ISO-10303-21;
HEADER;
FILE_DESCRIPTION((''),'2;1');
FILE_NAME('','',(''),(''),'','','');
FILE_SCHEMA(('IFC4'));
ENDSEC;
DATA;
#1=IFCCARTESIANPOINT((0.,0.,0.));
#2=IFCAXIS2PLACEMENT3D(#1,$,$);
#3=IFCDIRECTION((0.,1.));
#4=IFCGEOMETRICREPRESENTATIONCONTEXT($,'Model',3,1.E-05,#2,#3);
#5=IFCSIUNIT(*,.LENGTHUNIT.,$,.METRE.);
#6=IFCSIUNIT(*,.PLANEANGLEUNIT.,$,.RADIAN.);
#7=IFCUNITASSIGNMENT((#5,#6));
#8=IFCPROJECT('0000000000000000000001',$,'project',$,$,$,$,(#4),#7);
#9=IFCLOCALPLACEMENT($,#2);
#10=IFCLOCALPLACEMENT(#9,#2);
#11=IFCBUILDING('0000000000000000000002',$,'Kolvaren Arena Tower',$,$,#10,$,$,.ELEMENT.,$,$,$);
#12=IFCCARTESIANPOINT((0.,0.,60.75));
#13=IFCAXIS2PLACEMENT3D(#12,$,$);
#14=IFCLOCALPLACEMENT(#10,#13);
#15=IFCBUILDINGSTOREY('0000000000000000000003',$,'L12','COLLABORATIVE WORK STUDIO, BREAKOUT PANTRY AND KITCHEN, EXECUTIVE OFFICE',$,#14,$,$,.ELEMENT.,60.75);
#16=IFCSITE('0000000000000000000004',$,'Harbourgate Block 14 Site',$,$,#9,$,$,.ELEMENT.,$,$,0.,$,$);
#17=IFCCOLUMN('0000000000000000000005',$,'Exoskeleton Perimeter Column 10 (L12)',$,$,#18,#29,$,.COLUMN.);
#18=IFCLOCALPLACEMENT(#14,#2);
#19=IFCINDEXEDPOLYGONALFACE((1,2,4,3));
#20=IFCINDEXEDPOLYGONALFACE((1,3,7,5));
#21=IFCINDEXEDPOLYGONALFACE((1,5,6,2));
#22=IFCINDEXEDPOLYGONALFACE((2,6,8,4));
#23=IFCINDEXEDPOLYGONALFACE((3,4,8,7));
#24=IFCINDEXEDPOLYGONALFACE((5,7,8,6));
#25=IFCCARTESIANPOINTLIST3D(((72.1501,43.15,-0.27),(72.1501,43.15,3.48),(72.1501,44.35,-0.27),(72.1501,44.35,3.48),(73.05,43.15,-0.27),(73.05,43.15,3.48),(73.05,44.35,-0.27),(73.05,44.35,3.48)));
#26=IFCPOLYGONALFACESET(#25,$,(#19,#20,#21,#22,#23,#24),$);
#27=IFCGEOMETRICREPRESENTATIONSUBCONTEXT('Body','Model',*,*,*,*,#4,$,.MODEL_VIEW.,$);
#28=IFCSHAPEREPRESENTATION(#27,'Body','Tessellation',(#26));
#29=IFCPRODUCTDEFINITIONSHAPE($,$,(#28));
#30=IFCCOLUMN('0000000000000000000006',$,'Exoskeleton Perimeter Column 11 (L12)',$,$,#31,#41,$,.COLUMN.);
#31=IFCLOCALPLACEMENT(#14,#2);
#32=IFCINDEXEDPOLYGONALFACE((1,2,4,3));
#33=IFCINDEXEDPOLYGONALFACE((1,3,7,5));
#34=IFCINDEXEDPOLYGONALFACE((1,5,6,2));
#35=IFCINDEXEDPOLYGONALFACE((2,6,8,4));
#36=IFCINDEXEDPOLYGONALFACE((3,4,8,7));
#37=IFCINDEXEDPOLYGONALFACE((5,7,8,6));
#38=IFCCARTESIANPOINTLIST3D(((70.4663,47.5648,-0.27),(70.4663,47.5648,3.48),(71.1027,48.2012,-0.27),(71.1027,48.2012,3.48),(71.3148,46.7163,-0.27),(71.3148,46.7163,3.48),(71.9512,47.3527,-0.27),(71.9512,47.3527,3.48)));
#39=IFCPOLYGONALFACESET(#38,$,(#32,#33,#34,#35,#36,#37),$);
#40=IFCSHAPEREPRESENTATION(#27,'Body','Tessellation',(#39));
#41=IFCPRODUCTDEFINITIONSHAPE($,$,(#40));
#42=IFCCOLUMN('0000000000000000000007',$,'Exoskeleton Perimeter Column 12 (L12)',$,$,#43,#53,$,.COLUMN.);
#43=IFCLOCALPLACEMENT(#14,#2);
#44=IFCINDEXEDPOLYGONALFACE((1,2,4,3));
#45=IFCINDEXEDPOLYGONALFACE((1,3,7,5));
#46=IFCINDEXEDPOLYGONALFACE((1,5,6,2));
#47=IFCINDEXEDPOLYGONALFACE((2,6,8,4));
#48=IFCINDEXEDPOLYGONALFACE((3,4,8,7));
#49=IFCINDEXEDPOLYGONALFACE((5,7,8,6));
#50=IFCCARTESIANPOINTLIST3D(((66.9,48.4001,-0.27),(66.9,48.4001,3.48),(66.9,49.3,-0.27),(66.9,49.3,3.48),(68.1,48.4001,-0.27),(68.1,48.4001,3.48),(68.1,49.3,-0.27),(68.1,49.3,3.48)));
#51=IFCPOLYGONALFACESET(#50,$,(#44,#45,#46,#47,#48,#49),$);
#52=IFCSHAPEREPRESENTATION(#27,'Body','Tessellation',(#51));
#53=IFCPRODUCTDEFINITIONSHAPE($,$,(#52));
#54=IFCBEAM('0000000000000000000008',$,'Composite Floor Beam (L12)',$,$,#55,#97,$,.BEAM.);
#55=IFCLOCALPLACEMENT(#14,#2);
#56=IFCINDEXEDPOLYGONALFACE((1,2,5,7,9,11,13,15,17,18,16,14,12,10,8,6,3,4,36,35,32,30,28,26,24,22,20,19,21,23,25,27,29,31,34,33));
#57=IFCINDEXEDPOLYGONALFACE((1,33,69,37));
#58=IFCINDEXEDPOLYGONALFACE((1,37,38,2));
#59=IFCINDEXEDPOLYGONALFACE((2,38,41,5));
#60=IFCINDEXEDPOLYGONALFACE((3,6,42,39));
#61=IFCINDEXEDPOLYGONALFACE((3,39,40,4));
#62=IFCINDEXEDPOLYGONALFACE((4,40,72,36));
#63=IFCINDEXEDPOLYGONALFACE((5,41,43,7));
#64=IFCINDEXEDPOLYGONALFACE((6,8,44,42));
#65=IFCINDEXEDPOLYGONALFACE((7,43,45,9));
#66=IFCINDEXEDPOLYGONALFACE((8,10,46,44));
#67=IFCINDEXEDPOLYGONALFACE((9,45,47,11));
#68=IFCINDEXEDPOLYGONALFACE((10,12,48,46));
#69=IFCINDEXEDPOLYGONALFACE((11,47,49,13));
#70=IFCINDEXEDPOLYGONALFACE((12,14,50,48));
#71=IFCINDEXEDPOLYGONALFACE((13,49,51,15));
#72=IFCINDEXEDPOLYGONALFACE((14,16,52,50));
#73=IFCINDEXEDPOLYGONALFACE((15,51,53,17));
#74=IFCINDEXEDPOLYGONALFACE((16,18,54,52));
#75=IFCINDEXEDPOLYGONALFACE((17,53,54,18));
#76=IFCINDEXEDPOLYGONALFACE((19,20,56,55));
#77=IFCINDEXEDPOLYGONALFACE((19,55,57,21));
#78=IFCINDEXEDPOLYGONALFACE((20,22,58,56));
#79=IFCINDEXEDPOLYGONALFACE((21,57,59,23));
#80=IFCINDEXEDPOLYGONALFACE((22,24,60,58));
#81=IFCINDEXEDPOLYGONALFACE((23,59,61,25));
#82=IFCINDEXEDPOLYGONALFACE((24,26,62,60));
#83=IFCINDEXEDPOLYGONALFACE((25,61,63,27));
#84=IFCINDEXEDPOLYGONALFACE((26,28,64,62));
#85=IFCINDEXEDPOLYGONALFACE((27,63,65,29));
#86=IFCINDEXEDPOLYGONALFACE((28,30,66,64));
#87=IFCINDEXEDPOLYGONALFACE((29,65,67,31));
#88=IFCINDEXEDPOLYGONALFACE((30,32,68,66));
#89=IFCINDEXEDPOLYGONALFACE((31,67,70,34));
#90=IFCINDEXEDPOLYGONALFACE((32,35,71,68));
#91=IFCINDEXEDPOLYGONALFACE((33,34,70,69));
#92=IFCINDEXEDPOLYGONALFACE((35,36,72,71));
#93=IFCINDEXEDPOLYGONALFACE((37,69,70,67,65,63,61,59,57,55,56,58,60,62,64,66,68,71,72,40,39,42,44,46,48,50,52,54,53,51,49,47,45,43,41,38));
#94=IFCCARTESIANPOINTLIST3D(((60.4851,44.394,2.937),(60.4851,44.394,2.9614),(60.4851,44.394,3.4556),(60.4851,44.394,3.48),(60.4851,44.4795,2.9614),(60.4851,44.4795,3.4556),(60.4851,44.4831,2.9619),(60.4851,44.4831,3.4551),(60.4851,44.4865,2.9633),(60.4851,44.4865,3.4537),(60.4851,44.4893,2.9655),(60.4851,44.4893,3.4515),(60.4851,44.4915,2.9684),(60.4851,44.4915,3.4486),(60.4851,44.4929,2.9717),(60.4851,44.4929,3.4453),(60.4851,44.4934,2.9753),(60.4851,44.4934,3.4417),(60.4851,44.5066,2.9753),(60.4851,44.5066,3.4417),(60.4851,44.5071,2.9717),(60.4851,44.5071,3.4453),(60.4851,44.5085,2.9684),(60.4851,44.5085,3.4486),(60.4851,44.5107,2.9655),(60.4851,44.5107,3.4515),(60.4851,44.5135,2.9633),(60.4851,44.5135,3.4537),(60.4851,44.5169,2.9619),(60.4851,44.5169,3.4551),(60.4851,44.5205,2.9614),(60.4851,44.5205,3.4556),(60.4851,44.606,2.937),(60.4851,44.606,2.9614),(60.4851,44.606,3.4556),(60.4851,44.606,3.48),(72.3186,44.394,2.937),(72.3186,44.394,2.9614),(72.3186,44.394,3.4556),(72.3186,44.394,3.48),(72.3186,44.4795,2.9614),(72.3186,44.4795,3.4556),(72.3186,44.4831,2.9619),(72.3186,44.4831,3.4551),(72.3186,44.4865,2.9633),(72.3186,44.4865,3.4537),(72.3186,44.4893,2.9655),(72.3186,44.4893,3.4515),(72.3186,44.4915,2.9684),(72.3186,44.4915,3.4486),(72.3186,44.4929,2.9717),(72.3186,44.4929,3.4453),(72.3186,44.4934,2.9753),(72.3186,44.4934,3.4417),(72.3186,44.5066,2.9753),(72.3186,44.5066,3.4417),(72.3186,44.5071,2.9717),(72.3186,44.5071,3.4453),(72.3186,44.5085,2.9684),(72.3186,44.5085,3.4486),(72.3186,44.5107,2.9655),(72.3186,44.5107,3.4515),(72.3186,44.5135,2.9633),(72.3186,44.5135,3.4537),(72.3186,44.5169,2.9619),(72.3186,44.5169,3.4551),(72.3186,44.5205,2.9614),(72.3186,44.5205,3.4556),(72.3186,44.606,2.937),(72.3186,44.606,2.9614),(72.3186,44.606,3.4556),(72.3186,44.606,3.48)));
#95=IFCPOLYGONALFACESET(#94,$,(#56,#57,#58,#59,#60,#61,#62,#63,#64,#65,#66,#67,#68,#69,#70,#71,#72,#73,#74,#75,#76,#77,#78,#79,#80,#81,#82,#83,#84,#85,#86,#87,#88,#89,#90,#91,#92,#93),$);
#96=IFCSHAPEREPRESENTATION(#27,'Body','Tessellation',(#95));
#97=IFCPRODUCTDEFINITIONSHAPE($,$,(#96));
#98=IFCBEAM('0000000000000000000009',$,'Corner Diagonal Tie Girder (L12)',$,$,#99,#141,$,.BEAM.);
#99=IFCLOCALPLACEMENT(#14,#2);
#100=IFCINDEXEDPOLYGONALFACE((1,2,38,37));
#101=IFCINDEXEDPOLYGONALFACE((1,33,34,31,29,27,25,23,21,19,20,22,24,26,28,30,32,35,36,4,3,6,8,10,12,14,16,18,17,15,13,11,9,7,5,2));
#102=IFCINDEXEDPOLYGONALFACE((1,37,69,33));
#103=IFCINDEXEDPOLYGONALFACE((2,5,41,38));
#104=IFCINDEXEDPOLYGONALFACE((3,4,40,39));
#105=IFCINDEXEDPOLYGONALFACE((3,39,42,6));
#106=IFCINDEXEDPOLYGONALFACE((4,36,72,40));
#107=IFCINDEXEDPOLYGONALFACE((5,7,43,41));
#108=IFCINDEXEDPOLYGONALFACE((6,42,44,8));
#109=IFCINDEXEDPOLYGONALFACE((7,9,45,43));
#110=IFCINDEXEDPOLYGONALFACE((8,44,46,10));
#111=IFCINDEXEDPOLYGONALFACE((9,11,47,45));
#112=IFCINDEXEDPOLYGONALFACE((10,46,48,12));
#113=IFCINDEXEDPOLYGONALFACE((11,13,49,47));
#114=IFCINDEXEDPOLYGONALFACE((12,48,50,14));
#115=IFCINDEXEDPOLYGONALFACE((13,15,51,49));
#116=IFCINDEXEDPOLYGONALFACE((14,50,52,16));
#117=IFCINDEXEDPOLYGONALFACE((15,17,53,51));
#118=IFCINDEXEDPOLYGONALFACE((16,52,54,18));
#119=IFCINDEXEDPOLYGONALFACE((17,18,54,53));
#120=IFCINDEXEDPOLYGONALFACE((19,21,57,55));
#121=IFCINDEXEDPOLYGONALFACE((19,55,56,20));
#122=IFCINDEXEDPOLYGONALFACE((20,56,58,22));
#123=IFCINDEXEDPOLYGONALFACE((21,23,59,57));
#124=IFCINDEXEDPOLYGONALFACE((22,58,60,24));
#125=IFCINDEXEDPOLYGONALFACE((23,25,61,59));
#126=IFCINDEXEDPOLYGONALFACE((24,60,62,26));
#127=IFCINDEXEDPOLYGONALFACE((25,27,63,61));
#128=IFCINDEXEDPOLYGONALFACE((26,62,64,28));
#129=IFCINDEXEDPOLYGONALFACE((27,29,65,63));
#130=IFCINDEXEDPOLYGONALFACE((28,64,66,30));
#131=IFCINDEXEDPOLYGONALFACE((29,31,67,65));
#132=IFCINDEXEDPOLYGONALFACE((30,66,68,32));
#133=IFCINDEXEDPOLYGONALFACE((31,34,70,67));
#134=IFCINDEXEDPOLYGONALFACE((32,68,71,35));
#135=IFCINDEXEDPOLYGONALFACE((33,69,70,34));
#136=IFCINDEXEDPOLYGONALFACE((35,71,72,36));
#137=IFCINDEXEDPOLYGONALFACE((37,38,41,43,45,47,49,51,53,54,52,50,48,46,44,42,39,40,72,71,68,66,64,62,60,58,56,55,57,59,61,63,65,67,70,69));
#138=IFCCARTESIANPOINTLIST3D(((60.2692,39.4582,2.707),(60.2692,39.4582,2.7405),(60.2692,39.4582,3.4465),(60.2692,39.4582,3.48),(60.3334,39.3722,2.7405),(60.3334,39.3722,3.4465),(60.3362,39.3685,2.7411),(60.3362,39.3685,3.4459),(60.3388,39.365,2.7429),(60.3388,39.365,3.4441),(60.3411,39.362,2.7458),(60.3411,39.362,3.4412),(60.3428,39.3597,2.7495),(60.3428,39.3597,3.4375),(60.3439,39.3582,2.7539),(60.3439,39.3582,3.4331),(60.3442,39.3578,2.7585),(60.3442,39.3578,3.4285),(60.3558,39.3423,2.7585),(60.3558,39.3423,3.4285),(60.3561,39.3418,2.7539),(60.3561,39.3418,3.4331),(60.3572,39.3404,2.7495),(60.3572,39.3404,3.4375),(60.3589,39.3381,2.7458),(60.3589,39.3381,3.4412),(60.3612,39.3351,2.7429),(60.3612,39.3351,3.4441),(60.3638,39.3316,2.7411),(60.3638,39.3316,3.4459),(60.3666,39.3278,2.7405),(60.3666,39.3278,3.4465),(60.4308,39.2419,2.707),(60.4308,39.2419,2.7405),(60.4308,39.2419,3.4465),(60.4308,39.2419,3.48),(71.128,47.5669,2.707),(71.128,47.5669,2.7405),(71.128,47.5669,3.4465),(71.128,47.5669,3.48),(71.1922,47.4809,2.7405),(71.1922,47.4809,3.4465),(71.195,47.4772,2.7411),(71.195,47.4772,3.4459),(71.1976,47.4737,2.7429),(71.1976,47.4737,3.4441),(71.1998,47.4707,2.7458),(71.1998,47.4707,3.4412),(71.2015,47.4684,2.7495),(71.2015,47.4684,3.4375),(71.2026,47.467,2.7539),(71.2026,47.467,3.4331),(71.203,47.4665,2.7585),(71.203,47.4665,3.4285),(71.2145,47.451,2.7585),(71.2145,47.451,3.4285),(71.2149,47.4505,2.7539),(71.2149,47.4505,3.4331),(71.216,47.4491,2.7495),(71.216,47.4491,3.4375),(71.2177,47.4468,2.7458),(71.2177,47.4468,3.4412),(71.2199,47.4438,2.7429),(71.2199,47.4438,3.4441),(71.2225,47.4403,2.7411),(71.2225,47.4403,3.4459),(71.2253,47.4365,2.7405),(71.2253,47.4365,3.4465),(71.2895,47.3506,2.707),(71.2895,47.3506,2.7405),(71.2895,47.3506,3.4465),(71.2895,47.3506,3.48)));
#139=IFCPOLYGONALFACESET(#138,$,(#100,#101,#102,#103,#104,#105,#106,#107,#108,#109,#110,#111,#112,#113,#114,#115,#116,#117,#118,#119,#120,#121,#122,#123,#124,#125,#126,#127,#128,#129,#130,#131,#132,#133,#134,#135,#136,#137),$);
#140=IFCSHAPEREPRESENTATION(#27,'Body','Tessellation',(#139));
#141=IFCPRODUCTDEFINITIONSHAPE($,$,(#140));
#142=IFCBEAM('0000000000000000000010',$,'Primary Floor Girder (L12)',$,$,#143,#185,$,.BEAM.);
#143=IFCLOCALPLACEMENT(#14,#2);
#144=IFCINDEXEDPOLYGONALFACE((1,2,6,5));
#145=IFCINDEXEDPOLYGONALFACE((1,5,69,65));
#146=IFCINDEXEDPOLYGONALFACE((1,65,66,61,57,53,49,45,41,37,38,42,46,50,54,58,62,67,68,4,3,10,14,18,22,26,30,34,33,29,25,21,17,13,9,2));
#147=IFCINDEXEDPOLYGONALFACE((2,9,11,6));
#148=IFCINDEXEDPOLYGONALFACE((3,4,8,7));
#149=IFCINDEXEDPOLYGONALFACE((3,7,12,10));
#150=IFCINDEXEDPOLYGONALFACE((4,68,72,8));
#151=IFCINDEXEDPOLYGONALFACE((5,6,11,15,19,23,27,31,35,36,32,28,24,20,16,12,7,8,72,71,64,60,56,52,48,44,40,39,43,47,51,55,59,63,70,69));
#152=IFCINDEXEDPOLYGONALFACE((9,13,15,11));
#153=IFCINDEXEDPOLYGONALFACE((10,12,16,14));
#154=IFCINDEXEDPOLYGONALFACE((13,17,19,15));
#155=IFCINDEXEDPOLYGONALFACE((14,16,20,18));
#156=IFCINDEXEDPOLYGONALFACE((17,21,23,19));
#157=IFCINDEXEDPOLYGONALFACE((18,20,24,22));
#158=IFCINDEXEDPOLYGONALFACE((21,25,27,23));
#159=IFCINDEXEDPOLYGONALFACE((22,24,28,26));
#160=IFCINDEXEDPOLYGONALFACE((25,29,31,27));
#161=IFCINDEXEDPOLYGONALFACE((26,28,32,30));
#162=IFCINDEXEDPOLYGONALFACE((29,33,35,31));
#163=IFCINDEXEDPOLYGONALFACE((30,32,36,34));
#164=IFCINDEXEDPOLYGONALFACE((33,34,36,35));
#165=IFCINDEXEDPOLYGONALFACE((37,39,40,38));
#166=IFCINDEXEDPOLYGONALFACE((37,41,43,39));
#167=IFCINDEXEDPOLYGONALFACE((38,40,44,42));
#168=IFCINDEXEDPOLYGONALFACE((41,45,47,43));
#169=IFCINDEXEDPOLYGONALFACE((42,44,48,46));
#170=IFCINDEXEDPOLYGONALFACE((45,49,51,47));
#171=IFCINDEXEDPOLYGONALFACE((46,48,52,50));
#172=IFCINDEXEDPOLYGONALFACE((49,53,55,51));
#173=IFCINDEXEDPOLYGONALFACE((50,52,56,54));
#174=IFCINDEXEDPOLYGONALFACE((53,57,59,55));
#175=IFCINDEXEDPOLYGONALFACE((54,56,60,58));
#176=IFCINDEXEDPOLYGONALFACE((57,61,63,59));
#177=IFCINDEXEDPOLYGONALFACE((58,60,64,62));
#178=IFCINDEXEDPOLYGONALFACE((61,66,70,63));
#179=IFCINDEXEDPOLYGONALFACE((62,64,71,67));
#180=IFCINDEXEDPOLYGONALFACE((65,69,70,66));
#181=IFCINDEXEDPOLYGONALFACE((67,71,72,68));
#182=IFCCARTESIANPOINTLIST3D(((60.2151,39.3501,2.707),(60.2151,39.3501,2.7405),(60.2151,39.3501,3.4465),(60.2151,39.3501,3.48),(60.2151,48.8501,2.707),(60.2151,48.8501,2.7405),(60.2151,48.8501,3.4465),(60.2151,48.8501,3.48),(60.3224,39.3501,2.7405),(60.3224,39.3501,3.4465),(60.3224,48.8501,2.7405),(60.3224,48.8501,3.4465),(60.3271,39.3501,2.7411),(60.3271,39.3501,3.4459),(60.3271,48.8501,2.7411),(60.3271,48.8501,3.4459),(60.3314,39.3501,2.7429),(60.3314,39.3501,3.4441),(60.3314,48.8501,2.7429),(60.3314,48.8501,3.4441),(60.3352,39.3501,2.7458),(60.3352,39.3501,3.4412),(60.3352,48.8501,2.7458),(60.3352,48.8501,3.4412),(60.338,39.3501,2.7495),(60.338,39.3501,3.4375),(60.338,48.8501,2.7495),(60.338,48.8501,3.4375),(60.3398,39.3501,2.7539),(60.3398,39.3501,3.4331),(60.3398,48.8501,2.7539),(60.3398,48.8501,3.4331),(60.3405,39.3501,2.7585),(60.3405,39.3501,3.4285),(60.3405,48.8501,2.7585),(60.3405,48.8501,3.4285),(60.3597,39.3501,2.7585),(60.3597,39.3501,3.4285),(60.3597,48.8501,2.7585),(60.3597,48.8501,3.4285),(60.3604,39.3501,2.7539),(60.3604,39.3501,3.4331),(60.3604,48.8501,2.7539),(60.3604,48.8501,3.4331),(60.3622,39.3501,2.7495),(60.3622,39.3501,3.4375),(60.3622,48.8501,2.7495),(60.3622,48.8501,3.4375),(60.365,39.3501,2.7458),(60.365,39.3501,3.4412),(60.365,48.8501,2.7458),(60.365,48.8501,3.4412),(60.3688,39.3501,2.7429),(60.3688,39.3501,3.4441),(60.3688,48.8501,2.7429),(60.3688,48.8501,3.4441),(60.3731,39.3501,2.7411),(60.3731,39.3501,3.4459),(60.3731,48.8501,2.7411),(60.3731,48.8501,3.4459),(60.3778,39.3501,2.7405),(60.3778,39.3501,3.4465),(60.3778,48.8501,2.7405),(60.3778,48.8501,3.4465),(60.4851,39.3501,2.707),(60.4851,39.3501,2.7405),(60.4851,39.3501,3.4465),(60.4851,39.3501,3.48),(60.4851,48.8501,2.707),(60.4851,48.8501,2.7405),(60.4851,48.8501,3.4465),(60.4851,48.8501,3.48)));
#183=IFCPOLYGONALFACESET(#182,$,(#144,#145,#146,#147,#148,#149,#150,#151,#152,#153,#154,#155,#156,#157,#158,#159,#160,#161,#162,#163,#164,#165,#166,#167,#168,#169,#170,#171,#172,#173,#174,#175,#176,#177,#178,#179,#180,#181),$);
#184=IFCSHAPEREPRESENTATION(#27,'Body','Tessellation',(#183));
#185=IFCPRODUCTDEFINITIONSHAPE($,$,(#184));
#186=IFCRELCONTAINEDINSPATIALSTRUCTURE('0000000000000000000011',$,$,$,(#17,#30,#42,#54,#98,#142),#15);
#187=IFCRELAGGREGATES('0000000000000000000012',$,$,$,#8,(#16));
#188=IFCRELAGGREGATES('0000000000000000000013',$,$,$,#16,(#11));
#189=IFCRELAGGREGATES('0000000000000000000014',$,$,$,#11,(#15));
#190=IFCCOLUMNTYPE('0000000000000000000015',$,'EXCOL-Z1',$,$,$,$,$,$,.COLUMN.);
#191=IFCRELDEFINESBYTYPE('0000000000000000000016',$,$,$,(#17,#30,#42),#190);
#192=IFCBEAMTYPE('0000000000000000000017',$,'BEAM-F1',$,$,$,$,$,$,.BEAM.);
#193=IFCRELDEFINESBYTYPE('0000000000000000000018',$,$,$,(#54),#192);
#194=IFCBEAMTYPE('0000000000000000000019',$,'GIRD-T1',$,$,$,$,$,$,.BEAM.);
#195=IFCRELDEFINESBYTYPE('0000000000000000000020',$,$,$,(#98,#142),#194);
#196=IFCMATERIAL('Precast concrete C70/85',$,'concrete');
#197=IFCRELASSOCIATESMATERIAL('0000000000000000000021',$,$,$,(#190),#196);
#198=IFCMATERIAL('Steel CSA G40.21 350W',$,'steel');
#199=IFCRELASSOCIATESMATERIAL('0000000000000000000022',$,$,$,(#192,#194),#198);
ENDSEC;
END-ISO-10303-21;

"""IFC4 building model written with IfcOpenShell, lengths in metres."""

from ifc_helpers import new_model, si_unit, direction, frame, origin, origin_2d, place, context, subcontext, project, spatial, rectangle, i_section, extrude, material, material_profile, profile_set, type_object, element, save


model = new_model("IFC4")

# Units and contexts
model_context = context("Model", 3, precision=1e-05, world=origin(), true_north=direction((0.0, 1.0)))
body_context = subcontext(model_context, "Body", "Model", "MODEL_VIEW")
ifc_project = project(units=[si_unit("LENGTHUNIT", "METRE"), si_unit("PLANEANGLEUNIT", "RADIAN")], contexts=[model_context])

# Site, building, storey
site_placement = place(None, origin())
site = spatial("IfcSite", under=ifc_project, at=site_placement, Name="Harbourgate Block 14 Site", CompositionType="ELEMENT", RefElevation=0.0)
building_placement = place(site_placement, origin())
building = spatial("IfcBuilding", under=site, at=building_placement, Name="Kolvaren Arena Tower", CompositionType="ELEMENT")
storey_placement = place(building_placement, frame((0.0, 0.0, 60.75)))
storey = spatial("IfcBuildingStorey", under=building, at=storey_placement, Name="L12", Description="COLLABORATIVE WORK STUDIO, BREAKOUT PANTRY AND KITCHEN, EXECUTIVE OFFICE", CompositionType="ELEMENT", Elevation=60.75)

# Columns
ifc_material_1 = material(Name="Precast concrete C70/85", Category="concrete")
ifc_material_profile_1 = material_profile(ifc_material_1, rectangle(XDim=1.2, YDim=0.8999, at=origin_2d()), Name="RC-1200x900")
ifc_profile_set_1 = profile_set([ifc_material_profile_1], Name="Precast concrete C70/85")
column_type = type_object("IfcColumnType", Name="EXCOL-Z1", PredefinedType="COLUMN", material=ifc_profile_set_1)
for number, where, z_axis, x_axis, name in (
    (1, (72.6001, 43.75, -0.27), (0.0, 0.0, 1.0), (0.0, 1.0, 0.0), "Exoskeleton Perimeter Column 10 (L12)"),
    (2, (71.2087, 47.4587, -0.27), (0.0, 0.0, 1.0), (-0.707107, 0.707107, 0.0), "Exoskeleton Perimeter Column 11 (L12)"),
    (3, (67.5, 48.8501, -0.27), (0.0, 0.0, 1.0), (1.0, 0.0, 0.0), "Exoskeleton Perimeter Column 12 (L12)"),
):
    element("IfcColumn", number, at=place(storey_placement, frame(where, z_axis=z_axis, x_axis=x_axis)), inside=storey, type_object=column_type, Name=name, PredefinedType="COLUMN", context=body_context, shape_type="SweptSolid", body=[
        extrude(rectangle(XDim=1.2, YDim=0.8999, at=origin_2d()), origin(), (0.0, 0.0, 1.0), 3.75),
    ])

# Beams
ifc_material_2 = material(Name="Steel CSA G40.21 350W", Category="steel")
ifc_material_profile_2 = material_profile(ifc_material_2, i_section(OverallWidth=0.2119, OverallDepth=0.543, WebThickness=0.0132, FlangeThickness=0.0244, FilletRadius=0.0139, at=origin_2d()), Name="W530x150")
ifc_profile_set_2 = profile_set([ifc_material_profile_2], Name="Steel CSA G40.21 350W")
beam_type_1 = type_object("IfcBeamType", Name="BEAM-F1", PredefinedType="BEAM", material=ifc_profile_set_2)
beam_1_placement = place(storey_placement, frame((60.4851, 44.5, 3.2085), z_axis=(1.0, 0.0, 0.0), x_axis=(0.0, 1.0, 0.0)))
element("IfcBeam", 4, at=beam_1_placement, inside=storey, type_object=beam_type_1, Name="Composite Floor Beam (L12)", PredefinedType="BEAM", context=body_context, shape_type="SweptSolid", body=[
    extrude(i_section(OverallWidth=0.2119, OverallDepth=0.543, WebThickness=0.0132, FlangeThickness=0.0244, FilletRadius=0.0139, at=origin_2d()), origin(), (0.0, 0.0, 1.0), 11.8335),
])
ifc_material_profile_3 = material_profile(ifc_material_2, i_section(OverallWidth=0.27, OverallDepth=0.7729, WebThickness=0.0193, FlangeThickness=0.0334, FilletRadius=0.0181, at=origin_2d()), Name="W760x257")
ifc_profile_set_3 = profile_set([ifc_material_profile_3], Name="Steel CSA G40.21 350W")
beam_type_2 = type_object("IfcBeamType", Name="GIRD-T1", PredefinedType="BEAM", material=ifc_profile_set_3)
beam_2_placement = place(storey_placement, frame((71.2087, 47.4587, 3.0935), z_axis=(-0.80125, -0.59833, 0.0), x_axis=(0.59833, -0.80125, 0.0)))
element("IfcBeam", 5, at=beam_2_placement, inside=storey, type_object=beam_type_2, Name="Corner Diagonal Tie Girder (L12)", PredefinedType="BEAM", context=body_context, shape_type="SweptSolid", body=[
    extrude(i_section(OverallWidth=0.27, OverallDepth=0.7729, WebThickness=0.0193, FlangeThickness=0.0334, FilletRadius=0.0181, at=origin_2d()), origin(), (0.0, 0.0, 1.0), 13.5522),
])
beam_3_placement = place(storey_placement, frame((60.3501, 39.3501, 3.0935), z_axis=(0.0, 1.0, 0.0), x_axis=(-1.0, 0.0, 0.0)))
element("IfcBeam", 6, at=beam_3_placement, inside=storey, type_object=beam_type_2, Name="Primary Floor Girder (L12)", PredefinedType="BEAM", context=body_context, shape_type="SweptSolid", body=[
    extrude(i_section(OverallWidth=0.27, OverallDepth=0.7729, WebThickness=0.0193, FlangeThickness=0.0334, FilletRadius=0.0181, at=origin_2d()), origin(), (0.0, 0.0, 1.0), 9.5),
])

save(model, "model.ifc")
